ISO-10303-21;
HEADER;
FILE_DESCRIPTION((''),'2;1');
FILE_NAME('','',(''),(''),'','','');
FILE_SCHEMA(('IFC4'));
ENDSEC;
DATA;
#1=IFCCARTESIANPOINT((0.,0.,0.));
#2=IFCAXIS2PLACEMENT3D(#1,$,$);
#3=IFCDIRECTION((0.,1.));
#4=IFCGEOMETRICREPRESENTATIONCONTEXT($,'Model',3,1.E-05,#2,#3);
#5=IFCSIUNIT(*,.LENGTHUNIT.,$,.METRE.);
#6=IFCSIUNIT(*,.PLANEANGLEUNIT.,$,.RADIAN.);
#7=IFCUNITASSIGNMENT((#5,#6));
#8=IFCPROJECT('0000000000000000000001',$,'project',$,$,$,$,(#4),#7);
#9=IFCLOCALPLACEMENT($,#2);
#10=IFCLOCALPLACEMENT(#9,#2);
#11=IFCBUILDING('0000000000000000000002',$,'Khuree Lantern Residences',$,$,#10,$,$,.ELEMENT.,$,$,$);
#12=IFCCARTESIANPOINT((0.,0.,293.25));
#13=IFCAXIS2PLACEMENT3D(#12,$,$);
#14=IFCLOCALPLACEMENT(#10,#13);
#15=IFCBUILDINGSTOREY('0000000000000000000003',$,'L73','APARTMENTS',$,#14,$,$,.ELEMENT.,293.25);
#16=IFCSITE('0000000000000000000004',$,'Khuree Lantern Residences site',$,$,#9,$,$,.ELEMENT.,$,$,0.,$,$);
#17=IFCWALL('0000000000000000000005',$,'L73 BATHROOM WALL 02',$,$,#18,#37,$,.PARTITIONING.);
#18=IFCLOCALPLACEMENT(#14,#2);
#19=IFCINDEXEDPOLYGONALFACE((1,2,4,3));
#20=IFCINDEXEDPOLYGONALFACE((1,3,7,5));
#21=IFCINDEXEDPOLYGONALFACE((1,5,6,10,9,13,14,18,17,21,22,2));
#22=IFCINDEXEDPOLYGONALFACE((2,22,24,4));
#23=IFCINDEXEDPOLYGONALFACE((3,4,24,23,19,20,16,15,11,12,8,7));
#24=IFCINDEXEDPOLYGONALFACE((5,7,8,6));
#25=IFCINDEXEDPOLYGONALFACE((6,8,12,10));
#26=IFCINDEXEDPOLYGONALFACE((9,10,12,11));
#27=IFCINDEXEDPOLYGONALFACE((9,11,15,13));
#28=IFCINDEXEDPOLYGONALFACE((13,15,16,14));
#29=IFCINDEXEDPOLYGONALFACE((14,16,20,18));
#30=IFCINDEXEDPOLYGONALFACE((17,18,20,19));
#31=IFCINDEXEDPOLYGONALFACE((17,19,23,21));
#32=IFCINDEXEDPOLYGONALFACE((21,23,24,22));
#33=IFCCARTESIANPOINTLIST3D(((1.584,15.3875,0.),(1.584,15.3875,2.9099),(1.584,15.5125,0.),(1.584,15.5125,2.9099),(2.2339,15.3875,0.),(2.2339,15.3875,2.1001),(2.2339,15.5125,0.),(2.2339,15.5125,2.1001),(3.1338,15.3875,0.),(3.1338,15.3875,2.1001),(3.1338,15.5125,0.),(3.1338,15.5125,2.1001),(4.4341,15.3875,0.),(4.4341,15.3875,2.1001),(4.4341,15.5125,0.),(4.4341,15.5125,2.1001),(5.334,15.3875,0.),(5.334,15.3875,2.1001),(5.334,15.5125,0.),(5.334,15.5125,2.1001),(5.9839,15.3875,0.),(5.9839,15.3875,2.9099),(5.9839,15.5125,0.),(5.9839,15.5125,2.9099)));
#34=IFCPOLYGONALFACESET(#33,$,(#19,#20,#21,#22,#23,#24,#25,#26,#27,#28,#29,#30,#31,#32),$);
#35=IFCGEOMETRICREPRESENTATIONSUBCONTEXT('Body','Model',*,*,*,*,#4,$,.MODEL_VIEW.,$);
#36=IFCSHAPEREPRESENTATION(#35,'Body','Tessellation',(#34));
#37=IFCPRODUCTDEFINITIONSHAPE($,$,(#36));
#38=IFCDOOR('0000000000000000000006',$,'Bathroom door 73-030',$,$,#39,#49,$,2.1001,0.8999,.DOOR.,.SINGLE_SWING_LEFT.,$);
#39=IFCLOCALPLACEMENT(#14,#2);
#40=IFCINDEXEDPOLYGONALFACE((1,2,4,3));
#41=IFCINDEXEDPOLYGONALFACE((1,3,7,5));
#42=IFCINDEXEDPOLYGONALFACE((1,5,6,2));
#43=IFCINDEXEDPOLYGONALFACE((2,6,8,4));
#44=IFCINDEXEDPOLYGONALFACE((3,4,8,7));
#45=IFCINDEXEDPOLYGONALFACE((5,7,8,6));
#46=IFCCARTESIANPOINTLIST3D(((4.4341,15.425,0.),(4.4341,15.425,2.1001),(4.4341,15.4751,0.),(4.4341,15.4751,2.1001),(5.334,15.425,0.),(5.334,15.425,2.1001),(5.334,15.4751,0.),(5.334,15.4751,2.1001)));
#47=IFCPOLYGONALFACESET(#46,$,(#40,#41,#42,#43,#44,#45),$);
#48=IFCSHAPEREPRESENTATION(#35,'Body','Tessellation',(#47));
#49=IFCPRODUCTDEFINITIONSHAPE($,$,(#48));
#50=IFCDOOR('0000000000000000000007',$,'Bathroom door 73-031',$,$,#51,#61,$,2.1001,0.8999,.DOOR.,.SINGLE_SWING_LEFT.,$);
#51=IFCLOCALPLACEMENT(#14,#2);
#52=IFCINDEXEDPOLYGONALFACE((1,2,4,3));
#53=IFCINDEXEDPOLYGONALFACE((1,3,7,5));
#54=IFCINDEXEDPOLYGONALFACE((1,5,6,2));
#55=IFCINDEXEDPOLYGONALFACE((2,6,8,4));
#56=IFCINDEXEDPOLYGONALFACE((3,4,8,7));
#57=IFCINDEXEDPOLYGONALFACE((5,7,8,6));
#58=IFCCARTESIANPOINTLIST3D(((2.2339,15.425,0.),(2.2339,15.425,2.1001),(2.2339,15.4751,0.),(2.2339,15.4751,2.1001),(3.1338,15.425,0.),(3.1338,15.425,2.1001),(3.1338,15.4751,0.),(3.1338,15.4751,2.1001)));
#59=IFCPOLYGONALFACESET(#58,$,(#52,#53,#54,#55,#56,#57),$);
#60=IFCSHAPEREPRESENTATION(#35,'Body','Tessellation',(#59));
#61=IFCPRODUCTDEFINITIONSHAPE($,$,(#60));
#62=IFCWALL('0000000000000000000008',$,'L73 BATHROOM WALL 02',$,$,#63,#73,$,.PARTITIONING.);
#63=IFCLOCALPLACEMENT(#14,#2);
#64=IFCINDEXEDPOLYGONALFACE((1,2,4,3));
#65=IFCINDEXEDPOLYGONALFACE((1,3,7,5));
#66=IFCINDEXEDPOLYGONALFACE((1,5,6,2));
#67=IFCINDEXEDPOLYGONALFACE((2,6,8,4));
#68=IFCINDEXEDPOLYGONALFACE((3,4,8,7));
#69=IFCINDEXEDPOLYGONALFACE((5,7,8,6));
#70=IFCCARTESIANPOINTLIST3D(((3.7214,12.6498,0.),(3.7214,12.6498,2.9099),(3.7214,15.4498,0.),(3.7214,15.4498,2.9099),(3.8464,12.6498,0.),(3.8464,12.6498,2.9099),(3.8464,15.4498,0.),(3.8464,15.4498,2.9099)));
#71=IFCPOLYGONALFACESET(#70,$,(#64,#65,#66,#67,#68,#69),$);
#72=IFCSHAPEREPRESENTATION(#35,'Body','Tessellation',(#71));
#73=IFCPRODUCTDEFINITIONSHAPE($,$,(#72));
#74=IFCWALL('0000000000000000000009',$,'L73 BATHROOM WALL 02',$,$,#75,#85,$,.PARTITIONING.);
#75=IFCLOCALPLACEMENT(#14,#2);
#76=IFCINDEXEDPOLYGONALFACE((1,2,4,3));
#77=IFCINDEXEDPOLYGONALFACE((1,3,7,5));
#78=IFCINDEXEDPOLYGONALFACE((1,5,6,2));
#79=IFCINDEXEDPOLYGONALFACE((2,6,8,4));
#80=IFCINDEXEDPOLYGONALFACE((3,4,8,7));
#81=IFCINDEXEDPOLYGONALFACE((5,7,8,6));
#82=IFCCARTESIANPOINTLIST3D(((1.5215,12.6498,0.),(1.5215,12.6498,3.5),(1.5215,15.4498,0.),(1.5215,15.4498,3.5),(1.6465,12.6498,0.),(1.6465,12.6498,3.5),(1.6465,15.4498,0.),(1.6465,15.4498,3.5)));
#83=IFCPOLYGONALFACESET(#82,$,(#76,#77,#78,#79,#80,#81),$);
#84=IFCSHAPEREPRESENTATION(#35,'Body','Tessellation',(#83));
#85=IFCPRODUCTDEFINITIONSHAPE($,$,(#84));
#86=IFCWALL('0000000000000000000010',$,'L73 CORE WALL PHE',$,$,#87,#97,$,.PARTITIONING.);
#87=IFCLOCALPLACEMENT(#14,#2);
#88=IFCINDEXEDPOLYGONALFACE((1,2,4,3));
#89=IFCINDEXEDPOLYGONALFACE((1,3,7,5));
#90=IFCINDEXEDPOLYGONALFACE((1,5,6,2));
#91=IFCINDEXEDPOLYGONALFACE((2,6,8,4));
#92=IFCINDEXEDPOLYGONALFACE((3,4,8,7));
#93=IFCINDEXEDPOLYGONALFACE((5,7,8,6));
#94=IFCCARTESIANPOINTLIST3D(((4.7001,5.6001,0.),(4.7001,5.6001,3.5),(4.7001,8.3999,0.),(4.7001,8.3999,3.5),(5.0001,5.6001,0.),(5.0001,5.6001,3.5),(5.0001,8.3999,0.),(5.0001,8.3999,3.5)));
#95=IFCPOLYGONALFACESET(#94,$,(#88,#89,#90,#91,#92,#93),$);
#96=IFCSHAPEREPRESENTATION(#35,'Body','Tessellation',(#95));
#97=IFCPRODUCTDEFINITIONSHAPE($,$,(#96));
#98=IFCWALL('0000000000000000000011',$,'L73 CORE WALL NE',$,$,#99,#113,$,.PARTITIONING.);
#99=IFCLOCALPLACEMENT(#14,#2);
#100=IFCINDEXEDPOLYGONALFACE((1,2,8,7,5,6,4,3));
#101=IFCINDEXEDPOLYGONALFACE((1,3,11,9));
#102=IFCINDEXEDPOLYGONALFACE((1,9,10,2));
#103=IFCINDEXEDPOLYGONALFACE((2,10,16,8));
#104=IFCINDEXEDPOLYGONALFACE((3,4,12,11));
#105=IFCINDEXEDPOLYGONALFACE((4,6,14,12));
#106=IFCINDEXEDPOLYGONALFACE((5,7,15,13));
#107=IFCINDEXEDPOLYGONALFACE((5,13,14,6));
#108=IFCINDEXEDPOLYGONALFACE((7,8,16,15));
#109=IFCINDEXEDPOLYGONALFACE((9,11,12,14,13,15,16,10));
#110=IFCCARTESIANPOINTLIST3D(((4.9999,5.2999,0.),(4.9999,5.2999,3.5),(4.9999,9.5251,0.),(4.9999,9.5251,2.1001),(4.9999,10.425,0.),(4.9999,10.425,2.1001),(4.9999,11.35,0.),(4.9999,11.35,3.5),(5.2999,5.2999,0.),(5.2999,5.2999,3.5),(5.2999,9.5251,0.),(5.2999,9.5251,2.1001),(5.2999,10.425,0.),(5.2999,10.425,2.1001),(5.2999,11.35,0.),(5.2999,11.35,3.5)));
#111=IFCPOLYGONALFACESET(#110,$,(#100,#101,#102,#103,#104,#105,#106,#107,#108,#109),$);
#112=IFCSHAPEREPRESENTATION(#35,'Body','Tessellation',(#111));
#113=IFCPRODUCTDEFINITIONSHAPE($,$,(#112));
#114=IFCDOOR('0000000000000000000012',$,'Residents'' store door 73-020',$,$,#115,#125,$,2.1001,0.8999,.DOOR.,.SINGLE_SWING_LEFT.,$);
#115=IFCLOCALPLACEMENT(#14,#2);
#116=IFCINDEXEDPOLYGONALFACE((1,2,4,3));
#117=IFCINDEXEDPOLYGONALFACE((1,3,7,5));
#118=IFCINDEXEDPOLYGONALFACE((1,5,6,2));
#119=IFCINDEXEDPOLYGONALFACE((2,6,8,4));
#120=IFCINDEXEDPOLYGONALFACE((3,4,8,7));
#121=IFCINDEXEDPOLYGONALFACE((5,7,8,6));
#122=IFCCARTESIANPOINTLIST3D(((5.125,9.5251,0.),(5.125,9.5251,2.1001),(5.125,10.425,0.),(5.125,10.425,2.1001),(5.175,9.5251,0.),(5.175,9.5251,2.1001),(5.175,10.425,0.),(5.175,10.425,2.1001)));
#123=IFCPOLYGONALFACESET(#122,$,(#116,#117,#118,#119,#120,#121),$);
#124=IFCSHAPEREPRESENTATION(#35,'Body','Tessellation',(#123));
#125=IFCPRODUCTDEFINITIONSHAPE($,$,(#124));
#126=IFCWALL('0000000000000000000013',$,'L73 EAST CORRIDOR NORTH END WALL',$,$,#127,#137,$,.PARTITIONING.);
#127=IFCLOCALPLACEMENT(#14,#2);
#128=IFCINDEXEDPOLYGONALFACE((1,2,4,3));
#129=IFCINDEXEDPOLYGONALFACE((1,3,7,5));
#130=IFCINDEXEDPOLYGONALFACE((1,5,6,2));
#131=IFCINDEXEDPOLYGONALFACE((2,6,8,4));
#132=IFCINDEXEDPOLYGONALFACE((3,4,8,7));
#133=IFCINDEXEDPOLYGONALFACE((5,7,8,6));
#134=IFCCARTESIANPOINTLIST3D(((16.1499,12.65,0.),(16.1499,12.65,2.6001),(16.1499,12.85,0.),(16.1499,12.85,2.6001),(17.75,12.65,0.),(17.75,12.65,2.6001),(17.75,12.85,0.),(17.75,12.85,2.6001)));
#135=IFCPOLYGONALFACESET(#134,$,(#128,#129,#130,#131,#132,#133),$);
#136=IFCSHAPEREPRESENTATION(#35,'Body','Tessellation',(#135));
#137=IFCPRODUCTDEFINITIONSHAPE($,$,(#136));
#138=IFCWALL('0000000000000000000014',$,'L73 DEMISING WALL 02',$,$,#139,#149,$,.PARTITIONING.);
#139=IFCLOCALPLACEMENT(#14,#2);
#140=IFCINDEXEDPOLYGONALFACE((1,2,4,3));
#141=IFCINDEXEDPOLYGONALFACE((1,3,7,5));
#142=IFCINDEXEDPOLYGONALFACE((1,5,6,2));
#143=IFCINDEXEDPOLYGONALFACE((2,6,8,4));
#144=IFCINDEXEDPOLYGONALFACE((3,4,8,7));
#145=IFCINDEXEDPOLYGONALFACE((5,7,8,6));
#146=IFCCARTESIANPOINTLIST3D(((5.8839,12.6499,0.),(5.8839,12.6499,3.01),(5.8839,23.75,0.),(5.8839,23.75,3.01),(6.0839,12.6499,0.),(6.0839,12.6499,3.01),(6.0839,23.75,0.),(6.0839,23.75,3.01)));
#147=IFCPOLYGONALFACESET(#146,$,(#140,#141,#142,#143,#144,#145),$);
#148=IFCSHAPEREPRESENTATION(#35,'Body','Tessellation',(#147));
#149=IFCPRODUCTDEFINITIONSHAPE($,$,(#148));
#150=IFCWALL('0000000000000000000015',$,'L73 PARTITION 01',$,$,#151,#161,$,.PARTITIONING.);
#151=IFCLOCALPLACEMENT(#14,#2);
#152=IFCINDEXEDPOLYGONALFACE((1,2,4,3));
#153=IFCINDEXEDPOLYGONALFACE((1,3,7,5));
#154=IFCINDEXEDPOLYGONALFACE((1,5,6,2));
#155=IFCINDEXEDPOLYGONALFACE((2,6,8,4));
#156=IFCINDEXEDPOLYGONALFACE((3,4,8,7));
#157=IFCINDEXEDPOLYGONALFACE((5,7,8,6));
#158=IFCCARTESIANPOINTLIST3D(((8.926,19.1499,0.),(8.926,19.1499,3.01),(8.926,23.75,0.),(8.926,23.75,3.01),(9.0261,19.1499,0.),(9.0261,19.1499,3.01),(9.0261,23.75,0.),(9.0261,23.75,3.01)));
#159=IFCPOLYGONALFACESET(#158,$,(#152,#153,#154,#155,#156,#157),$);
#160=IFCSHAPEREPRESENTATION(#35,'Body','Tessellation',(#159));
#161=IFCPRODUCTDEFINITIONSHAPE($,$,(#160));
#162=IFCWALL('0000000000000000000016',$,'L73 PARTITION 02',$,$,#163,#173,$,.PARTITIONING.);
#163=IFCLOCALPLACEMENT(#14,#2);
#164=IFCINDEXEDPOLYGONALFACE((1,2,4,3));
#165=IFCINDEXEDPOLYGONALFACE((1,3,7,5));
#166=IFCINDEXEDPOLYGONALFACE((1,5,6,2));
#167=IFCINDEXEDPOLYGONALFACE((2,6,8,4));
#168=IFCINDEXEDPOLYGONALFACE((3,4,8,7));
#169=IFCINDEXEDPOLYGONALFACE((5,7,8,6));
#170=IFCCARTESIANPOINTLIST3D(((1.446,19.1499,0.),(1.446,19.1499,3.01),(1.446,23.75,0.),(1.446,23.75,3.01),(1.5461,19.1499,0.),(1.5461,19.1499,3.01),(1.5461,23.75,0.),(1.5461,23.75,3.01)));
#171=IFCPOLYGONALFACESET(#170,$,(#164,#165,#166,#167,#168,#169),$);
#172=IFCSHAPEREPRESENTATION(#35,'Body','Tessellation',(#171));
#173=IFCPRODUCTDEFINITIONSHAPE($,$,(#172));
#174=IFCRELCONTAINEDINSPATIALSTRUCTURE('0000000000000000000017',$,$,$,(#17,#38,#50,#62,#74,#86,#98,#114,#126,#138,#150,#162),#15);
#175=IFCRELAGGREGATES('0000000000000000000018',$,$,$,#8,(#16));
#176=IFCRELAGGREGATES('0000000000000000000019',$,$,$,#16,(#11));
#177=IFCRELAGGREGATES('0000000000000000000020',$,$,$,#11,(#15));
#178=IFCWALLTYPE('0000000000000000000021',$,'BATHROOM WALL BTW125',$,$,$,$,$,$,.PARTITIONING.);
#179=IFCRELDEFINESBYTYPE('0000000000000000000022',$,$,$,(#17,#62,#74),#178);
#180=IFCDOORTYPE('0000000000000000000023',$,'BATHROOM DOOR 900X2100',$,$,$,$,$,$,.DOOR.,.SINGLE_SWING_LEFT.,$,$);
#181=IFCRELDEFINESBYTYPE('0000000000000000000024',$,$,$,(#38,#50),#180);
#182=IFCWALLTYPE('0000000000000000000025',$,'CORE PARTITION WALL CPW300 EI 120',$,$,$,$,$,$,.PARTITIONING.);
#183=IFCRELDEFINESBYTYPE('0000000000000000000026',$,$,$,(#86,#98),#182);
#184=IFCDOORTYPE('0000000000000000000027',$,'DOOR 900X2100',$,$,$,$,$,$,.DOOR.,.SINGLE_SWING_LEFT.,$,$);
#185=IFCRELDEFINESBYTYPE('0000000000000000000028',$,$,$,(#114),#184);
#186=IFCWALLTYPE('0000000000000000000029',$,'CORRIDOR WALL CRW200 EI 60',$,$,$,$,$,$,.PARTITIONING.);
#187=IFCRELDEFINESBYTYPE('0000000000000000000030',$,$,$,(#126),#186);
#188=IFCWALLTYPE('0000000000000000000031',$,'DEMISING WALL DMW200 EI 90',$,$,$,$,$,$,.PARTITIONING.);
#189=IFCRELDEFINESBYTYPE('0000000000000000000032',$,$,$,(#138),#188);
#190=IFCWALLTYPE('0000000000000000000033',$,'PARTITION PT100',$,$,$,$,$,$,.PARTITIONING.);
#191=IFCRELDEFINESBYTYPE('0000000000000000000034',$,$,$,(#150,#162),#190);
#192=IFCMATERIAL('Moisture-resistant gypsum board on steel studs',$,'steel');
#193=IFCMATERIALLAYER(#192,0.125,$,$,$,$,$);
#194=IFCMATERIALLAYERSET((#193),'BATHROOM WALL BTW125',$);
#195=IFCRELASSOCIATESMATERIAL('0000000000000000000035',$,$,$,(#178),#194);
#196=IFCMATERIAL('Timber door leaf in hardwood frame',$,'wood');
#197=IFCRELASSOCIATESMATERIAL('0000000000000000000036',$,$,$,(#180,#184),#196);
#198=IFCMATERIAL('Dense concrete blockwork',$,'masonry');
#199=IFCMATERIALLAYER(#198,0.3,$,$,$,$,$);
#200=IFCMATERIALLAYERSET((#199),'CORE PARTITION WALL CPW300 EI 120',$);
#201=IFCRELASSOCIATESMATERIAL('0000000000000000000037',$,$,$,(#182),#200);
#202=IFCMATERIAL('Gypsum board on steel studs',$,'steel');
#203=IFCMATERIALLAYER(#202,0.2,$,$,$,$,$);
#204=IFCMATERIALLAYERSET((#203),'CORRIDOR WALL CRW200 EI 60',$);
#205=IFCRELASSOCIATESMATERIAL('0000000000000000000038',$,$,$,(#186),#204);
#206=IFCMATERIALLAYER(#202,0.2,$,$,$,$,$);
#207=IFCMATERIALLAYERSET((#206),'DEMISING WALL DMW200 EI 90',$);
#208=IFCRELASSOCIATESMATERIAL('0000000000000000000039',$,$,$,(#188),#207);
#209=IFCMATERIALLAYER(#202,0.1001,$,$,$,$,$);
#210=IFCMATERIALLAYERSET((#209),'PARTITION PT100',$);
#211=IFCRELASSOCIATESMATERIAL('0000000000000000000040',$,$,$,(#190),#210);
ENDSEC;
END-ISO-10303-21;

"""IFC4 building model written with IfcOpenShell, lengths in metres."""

from ifc_helpers import new_model, si_unit, direction, frame, frame_2d, origin, place, context, subcontext, project, spatial, rectangle, extrude, material, layer, layer_set, type_object, element, fill, save


model = new_model("IFC4")

# Units and contexts
model_context = context("Model", 3, precision=1e-05, world=origin(), true_north=direction((0.0, 1.0)))
body_context = subcontext(model_context, "Body", "Model", "MODEL_VIEW")
ifc_project = project(units=[si_unit("LENGTHUNIT", "METRE"), si_unit("PLANEANGLEUNIT", "RADIAN")], contexts=[model_context])

# Site, building, storey
site_placement = place(None, origin())
site = spatial("IfcSite", under=ifc_project, at=site_placement, Name="Khuree Lantern Residences site", CompositionType="ELEMENT", RefElevation=0.0)
building_placement = place(site_placement, origin())
building = spatial("IfcBuilding", under=site, at=building_placement, Name="Khuree Lantern Residences", CompositionType="ELEMENT")
storey_placement = place(building_placement, frame((0.0, 0.0, 293.25)))
storey = spatial("IfcBuildingStorey", under=building, at=storey_placement, Name="L73", Description="APARTMENTS", CompositionType="ELEMENT", Elevation=293.25)

# Shared definitions
ifc_material_1 = material(Name="Moisture-resistant gypsum board on steel studs", Category="steel")
ifc_layer_1 = layer(ifc_material_1, 0.125)
ifc_layer_set_1 = layer_set([ifc_layer_1], Name="BATHROOM WALL BTW125")
wall_type_1 = type_object("IfcWallType", Name="BATHROOM WALL BTW125", PredefinedType="PARTITIONING", material=ifc_layer_set_1)

# Wall, openings, doors
wall_1_placement = place(storey_placement, frame((5.9839, 15.45, 0.0), z_axis=(0.0, 0.0, 1.0), x_axis=(-1.0, 0.0, 0.0)))
wall_1 = element("IfcWall", 1, at=wall_1_placement, inside=storey, type_object=wall_type_1, Name="L73 BATHROOM WALL 02", PredefinedType="PARTITIONING", context=body_context, shape_type="SweptSolid", body=[
    extrude(rectangle(XDim=4.3999, YDim=0.125, at=frame_2d((2.2, 0.0))), origin(), (0.0, 0.0, 1.0), 2.9099),
])
opening_1_placement = place(wall_1_placement, frame((0.6499, 0.0, 0.0)))
opening_1 = element("IfcOpeningElement", 2, at=opening_1_placement, cuts=wall_1, PredefinedType="OPENING", context=body_context, shape_type="SweptSolid", body=[
    extrude(rectangle(XDim=0.8999, YDim=2.1001, at=frame_2d((0.45, 1.05))), frame((0.0, 0.0725, 0.0), z_axis=(0.0, -1.0, 0.0), x_axis=(1.0, 0.0, 0.0)), (0.0, 0.0, 1.0), 0.145),
])
opening_2_placement = place(wall_1_placement, frame((2.8501, 0.0, 0.0)))
opening_2 = element("IfcOpeningElement", 3, at=opening_2_placement, cuts=wall_1, PredefinedType="OPENING", context=body_context, shape_type="SweptSolid", body=[
    extrude(rectangle(XDim=0.8999, YDim=2.1001, at=frame_2d((0.45, 1.05))), frame((0.0, 0.0725, 0.0), z_axis=(0.0, -1.0, 0.0), x_axis=(1.0, 0.0, 0.0)), (0.0, 0.0, 1.0), 0.145),
])
ifc_material_2 = material(Name="Timber door leaf in hardwood frame", Category="wood")
door_type_1 = type_object("IfcDoorType", Name="BATHROOM DOOR 900X2100", OperationType="SINGLE_SWING_LEFT", PredefinedType="DOOR", material=ifc_material_2)
door_1_placement = place(opening_1_placement, origin())
door_1 = element("IfcDoor", 4, at=door_1_placement, inside=storey, type_object=door_type_1, Name="Bathroom door 73-030", OperationType="SINGLE_SWING_LEFT", OverallHeight=2.1001, OverallWidth=0.8999, PredefinedType="DOOR", context=body_context, shape_type="SweptSolid", body=[
    extrude(rectangle(XDim=0.8999, YDim=2.1001, at=frame_2d((0.45, 1.05))), frame((0.0, 0.0249, 0.0), z_axis=(0.0, -1.0, 0.0), x_axis=(1.0, 0.0, 0.0)), (0.0, 0.0, 1.0), 0.05),
])
fill(opening_1, door_1)
door_2_placement = place(opening_2_placement, origin())
door_2 = element("IfcDoor", 5, at=door_2_placement, inside=storey, type_object=door_type_1, Name="Bathroom door 73-031", OperationType="SINGLE_SWING_LEFT", OverallHeight=2.1001, OverallWidth=0.8999, PredefinedType="DOOR", context=body_context, shape_type="SweptSolid", body=[
    extrude(rectangle(XDim=0.8999, YDim=2.1001, at=frame_2d((0.45, 1.05))), frame((0.0, 0.0249, 0.0), z_axis=(0.0, -1.0, 0.0), x_axis=(1.0, 0.0, 0.0)), (0.0, 0.0, 1.0), 0.05),
])
fill(opening_2, door_2)

# Walls
wall_2_placement = place(storey_placement, frame((3.7839, 12.6499, 0.0), z_axis=(0.0, 0.0, 1.0), x_axis=(0.0, 1.0, 0.0)))
element("IfcWall", 6, at=wall_2_placement, inside=storey, type_object=wall_type_1, Name="L73 BATHROOM WALL 02", PredefinedType="PARTITIONING", context=body_context, shape_type="SweptSolid", body=[
    extrude(rectangle(XDim=2.8, YDim=0.125, at=frame_2d((1.3999, 0.0))), origin(), (0.0, 0.0, 1.0), 2.9099),
])
wall_3_placement = place(storey_placement, frame((1.584, 12.6499, 0.0), z_axis=(0.0, 0.0, 1.0), x_axis=(0.0, 1.0, 0.0)))
element("IfcWall", 7, at=wall_3_placement, inside=storey, type_object=wall_type_1, Name="L73 BATHROOM WALL 02", PredefinedType="PARTITIONING", context=body_context, shape_type="SweptSolid", body=[
    extrude(rectangle(XDim=2.8, YDim=0.125, at=frame_2d((1.3999, 0.0))), origin(), (0.0, 0.0, 1.0), 3.5),
])
ifc_material_3 = material(Name="Dense concrete blockwork", Category="masonry")
ifc_layer_2 = layer(ifc_material_3, 0.3)
ifc_layer_set_2 = layer_set([ifc_layer_2], Name="CORE PARTITION WALL CPW300 EI 120")
wall_type_2 = type_object("IfcWallType", Name="CORE PARTITION WALL CPW300 EI 120", PredefinedType="PARTITIONING", material=ifc_layer_set_2)
wall_4_placement = place(storey_placement, frame((4.8501, 5.6001, 0.0), z_axis=(0.0, 0.0, 1.0), x_axis=(0.0, 1.0, 0.0)))
element("IfcWall", 8, at=wall_4_placement, inside=storey, type_object=wall_type_2, Name="L73 CORE WALL PHE", PredefinedType="PARTITIONING", context=body_context, shape_type="SweptSolid", body=[
    extrude(rectangle(XDim=2.7998, YDim=0.3, at=frame_2d((1.3999, 0.0))), origin(), (0.0, 0.0, 1.0), 3.5),
])

# Wall, opening, door
wall_5_placement = place(storey_placement, frame((5.1499, 5.3, 0.0), z_axis=(0.0, 0.0, 1.0), x_axis=(0.0, 1.0, 0.0)))
wall_5 = element("IfcWall", 9, at=wall_5_placement, inside=storey, type_object=wall_type_2, Name="L73 CORE WALL NE", PredefinedType="PARTITIONING", context=body_context, shape_type="SweptSolid", body=[
    extrude(rectangle(XDim=6.05, YDim=0.3, at=frame_2d((3.0249, 0.0))), origin(), (0.0, 0.0, 1.0), 3.5),
])
opening_3_placement = place(wall_5_placement, frame((4.2251, 0.0, 0.0)))
opening_3 = element("IfcOpeningElement", 10, at=opening_3_placement, cuts=wall_5, PredefinedType="OPENING", context=body_context, shape_type="SweptSolid", body=[
    extrude(rectangle(XDim=0.8999, YDim=2.1001, at=frame_2d((0.45, 1.05))), frame((0.0, 0.1602, 0.0), z_axis=(0.0, -1.0, 0.0), x_axis=(1.0, 0.0, 0.0)), (0.0, 0.0, 1.0), 0.3201),
])
door_type_2 = type_object("IfcDoorType", Name="DOOR 900X2100", OperationType="SINGLE_SWING_LEFT", PredefinedType="DOOR", material=ifc_material_2)
door_3_placement = place(opening_3_placement, origin())
door_3 = element("IfcDoor", 11, at=door_3_placement, inside=storey, type_object=door_type_2, Name="Residents' store door 73-020", OperationType="SINGLE_SWING_LEFT", OverallHeight=2.1001, OverallWidth=0.8999, PredefinedType="DOOR", context=body_context, shape_type="SweptSolid", body=[
    extrude(rectangle(XDim=0.8999, YDim=2.1001, at=frame_2d((0.45, 1.05))), frame((0.0, 0.0249, 0.0), z_axis=(0.0, -1.0, 0.0), x_axis=(1.0, 0.0, 0.0)), (0.0, 0.0, 1.0), 0.05),
])
fill(opening_3, door_3)

# Walls
ifc_material_4 = material(Name="Gypsum board on steel studs", Category="steel")
ifc_layer_3 = layer(ifc_material_4, 0.2)
ifc_layer_set_3 = layer_set([ifc_layer_3], Name="CORRIDOR WALL CRW200 EI 60")
wall_type_3 = type_object("IfcWallType", Name="CORRIDOR WALL CRW200 EI 60", PredefinedType="PARTITIONING", material=ifc_layer_set_3)
wall_6_placement = place(storey_placement, frame((16.1499, 12.75, 0.0), z_axis=(0.0, 0.0, 1.0), x_axis=(1.0, 0.0, 0.0)))
element("IfcWall", 12, at=wall_6_placement, inside=storey, type_object=wall_type_3, Name="L73 EAST CORRIDOR NORTH END WALL", PredefinedType="PARTITIONING", context=body_context, shape_type="SweptSolid", body=[
    extrude(rectangle(XDim=1.6001, YDim=0.2, at=frame_2d((0.8, 0.0))), origin(), (0.0, 0.0, 1.0), 2.6001),
])
ifc_layer_4 = layer(ifc_material_4, 0.2)
ifc_layer_set_4 = layer_set([ifc_layer_4], Name="DEMISING WALL DMW200 EI 90")
wall_type_4 = type_object("IfcWallType", Name="DEMISING WALL DMW200 EI 90", PredefinedType="PARTITIONING", material=ifc_layer_set_4)
wall_7_placement = place(storey_placement, frame((5.9839, 12.6499, 0.0), z_axis=(0.0, 0.0, 1.0), x_axis=(0.0, 1.0, 0.0)))
element("IfcWall", 13, at=wall_7_placement, inside=storey, type_object=wall_type_4, Name="L73 DEMISING WALL 02", PredefinedType="PARTITIONING", context=body_context, shape_type="SweptSolid", body=[
    extrude(rectangle(XDim=11.1001, YDim=0.2, at=frame_2d((5.55, 0.0))), origin(), (0.0, 0.0, 1.0), 3.01),
])
ifc_layer_5 = layer(ifc_material_4, 0.1001)
ifc_layer_set_5 = layer_set([ifc_layer_5], Name="PARTITION PT100")
wall_type_5 = type_object("IfcWallType", Name="PARTITION PT100", PredefinedType="PARTITIONING", material=ifc_layer_set_5)
for number, where, z_axis, x_axis, name in (
    (14, (8.9761, 19.1499, 0.0), (0.0, 0.0, 1.0), (0.0, 1.0, 0.0), "L73 PARTITION 01"),
    (15, (1.4961, 19.1499, 0.0), (0.0, 0.0, 1.0), (0.0, 1.0, 0.0), "L73 PARTITION 02"),
):
    element("IfcWall", number, at=place(storey_placement, frame(where, z_axis=z_axis, x_axis=x_axis)), inside=storey, type_object=wall_type_5, Name=name, PredefinedType="PARTITIONING", context=body_context, shape_type="SweptSolid", body=[
        extrude(rectangle(XDim=4.6001, YDim=0.1001, at=frame_2d((2.3, 0.0))), origin(), (0.0, 0.0, 1.0), 3.01),
    ])

save(model, "model.ifc")
